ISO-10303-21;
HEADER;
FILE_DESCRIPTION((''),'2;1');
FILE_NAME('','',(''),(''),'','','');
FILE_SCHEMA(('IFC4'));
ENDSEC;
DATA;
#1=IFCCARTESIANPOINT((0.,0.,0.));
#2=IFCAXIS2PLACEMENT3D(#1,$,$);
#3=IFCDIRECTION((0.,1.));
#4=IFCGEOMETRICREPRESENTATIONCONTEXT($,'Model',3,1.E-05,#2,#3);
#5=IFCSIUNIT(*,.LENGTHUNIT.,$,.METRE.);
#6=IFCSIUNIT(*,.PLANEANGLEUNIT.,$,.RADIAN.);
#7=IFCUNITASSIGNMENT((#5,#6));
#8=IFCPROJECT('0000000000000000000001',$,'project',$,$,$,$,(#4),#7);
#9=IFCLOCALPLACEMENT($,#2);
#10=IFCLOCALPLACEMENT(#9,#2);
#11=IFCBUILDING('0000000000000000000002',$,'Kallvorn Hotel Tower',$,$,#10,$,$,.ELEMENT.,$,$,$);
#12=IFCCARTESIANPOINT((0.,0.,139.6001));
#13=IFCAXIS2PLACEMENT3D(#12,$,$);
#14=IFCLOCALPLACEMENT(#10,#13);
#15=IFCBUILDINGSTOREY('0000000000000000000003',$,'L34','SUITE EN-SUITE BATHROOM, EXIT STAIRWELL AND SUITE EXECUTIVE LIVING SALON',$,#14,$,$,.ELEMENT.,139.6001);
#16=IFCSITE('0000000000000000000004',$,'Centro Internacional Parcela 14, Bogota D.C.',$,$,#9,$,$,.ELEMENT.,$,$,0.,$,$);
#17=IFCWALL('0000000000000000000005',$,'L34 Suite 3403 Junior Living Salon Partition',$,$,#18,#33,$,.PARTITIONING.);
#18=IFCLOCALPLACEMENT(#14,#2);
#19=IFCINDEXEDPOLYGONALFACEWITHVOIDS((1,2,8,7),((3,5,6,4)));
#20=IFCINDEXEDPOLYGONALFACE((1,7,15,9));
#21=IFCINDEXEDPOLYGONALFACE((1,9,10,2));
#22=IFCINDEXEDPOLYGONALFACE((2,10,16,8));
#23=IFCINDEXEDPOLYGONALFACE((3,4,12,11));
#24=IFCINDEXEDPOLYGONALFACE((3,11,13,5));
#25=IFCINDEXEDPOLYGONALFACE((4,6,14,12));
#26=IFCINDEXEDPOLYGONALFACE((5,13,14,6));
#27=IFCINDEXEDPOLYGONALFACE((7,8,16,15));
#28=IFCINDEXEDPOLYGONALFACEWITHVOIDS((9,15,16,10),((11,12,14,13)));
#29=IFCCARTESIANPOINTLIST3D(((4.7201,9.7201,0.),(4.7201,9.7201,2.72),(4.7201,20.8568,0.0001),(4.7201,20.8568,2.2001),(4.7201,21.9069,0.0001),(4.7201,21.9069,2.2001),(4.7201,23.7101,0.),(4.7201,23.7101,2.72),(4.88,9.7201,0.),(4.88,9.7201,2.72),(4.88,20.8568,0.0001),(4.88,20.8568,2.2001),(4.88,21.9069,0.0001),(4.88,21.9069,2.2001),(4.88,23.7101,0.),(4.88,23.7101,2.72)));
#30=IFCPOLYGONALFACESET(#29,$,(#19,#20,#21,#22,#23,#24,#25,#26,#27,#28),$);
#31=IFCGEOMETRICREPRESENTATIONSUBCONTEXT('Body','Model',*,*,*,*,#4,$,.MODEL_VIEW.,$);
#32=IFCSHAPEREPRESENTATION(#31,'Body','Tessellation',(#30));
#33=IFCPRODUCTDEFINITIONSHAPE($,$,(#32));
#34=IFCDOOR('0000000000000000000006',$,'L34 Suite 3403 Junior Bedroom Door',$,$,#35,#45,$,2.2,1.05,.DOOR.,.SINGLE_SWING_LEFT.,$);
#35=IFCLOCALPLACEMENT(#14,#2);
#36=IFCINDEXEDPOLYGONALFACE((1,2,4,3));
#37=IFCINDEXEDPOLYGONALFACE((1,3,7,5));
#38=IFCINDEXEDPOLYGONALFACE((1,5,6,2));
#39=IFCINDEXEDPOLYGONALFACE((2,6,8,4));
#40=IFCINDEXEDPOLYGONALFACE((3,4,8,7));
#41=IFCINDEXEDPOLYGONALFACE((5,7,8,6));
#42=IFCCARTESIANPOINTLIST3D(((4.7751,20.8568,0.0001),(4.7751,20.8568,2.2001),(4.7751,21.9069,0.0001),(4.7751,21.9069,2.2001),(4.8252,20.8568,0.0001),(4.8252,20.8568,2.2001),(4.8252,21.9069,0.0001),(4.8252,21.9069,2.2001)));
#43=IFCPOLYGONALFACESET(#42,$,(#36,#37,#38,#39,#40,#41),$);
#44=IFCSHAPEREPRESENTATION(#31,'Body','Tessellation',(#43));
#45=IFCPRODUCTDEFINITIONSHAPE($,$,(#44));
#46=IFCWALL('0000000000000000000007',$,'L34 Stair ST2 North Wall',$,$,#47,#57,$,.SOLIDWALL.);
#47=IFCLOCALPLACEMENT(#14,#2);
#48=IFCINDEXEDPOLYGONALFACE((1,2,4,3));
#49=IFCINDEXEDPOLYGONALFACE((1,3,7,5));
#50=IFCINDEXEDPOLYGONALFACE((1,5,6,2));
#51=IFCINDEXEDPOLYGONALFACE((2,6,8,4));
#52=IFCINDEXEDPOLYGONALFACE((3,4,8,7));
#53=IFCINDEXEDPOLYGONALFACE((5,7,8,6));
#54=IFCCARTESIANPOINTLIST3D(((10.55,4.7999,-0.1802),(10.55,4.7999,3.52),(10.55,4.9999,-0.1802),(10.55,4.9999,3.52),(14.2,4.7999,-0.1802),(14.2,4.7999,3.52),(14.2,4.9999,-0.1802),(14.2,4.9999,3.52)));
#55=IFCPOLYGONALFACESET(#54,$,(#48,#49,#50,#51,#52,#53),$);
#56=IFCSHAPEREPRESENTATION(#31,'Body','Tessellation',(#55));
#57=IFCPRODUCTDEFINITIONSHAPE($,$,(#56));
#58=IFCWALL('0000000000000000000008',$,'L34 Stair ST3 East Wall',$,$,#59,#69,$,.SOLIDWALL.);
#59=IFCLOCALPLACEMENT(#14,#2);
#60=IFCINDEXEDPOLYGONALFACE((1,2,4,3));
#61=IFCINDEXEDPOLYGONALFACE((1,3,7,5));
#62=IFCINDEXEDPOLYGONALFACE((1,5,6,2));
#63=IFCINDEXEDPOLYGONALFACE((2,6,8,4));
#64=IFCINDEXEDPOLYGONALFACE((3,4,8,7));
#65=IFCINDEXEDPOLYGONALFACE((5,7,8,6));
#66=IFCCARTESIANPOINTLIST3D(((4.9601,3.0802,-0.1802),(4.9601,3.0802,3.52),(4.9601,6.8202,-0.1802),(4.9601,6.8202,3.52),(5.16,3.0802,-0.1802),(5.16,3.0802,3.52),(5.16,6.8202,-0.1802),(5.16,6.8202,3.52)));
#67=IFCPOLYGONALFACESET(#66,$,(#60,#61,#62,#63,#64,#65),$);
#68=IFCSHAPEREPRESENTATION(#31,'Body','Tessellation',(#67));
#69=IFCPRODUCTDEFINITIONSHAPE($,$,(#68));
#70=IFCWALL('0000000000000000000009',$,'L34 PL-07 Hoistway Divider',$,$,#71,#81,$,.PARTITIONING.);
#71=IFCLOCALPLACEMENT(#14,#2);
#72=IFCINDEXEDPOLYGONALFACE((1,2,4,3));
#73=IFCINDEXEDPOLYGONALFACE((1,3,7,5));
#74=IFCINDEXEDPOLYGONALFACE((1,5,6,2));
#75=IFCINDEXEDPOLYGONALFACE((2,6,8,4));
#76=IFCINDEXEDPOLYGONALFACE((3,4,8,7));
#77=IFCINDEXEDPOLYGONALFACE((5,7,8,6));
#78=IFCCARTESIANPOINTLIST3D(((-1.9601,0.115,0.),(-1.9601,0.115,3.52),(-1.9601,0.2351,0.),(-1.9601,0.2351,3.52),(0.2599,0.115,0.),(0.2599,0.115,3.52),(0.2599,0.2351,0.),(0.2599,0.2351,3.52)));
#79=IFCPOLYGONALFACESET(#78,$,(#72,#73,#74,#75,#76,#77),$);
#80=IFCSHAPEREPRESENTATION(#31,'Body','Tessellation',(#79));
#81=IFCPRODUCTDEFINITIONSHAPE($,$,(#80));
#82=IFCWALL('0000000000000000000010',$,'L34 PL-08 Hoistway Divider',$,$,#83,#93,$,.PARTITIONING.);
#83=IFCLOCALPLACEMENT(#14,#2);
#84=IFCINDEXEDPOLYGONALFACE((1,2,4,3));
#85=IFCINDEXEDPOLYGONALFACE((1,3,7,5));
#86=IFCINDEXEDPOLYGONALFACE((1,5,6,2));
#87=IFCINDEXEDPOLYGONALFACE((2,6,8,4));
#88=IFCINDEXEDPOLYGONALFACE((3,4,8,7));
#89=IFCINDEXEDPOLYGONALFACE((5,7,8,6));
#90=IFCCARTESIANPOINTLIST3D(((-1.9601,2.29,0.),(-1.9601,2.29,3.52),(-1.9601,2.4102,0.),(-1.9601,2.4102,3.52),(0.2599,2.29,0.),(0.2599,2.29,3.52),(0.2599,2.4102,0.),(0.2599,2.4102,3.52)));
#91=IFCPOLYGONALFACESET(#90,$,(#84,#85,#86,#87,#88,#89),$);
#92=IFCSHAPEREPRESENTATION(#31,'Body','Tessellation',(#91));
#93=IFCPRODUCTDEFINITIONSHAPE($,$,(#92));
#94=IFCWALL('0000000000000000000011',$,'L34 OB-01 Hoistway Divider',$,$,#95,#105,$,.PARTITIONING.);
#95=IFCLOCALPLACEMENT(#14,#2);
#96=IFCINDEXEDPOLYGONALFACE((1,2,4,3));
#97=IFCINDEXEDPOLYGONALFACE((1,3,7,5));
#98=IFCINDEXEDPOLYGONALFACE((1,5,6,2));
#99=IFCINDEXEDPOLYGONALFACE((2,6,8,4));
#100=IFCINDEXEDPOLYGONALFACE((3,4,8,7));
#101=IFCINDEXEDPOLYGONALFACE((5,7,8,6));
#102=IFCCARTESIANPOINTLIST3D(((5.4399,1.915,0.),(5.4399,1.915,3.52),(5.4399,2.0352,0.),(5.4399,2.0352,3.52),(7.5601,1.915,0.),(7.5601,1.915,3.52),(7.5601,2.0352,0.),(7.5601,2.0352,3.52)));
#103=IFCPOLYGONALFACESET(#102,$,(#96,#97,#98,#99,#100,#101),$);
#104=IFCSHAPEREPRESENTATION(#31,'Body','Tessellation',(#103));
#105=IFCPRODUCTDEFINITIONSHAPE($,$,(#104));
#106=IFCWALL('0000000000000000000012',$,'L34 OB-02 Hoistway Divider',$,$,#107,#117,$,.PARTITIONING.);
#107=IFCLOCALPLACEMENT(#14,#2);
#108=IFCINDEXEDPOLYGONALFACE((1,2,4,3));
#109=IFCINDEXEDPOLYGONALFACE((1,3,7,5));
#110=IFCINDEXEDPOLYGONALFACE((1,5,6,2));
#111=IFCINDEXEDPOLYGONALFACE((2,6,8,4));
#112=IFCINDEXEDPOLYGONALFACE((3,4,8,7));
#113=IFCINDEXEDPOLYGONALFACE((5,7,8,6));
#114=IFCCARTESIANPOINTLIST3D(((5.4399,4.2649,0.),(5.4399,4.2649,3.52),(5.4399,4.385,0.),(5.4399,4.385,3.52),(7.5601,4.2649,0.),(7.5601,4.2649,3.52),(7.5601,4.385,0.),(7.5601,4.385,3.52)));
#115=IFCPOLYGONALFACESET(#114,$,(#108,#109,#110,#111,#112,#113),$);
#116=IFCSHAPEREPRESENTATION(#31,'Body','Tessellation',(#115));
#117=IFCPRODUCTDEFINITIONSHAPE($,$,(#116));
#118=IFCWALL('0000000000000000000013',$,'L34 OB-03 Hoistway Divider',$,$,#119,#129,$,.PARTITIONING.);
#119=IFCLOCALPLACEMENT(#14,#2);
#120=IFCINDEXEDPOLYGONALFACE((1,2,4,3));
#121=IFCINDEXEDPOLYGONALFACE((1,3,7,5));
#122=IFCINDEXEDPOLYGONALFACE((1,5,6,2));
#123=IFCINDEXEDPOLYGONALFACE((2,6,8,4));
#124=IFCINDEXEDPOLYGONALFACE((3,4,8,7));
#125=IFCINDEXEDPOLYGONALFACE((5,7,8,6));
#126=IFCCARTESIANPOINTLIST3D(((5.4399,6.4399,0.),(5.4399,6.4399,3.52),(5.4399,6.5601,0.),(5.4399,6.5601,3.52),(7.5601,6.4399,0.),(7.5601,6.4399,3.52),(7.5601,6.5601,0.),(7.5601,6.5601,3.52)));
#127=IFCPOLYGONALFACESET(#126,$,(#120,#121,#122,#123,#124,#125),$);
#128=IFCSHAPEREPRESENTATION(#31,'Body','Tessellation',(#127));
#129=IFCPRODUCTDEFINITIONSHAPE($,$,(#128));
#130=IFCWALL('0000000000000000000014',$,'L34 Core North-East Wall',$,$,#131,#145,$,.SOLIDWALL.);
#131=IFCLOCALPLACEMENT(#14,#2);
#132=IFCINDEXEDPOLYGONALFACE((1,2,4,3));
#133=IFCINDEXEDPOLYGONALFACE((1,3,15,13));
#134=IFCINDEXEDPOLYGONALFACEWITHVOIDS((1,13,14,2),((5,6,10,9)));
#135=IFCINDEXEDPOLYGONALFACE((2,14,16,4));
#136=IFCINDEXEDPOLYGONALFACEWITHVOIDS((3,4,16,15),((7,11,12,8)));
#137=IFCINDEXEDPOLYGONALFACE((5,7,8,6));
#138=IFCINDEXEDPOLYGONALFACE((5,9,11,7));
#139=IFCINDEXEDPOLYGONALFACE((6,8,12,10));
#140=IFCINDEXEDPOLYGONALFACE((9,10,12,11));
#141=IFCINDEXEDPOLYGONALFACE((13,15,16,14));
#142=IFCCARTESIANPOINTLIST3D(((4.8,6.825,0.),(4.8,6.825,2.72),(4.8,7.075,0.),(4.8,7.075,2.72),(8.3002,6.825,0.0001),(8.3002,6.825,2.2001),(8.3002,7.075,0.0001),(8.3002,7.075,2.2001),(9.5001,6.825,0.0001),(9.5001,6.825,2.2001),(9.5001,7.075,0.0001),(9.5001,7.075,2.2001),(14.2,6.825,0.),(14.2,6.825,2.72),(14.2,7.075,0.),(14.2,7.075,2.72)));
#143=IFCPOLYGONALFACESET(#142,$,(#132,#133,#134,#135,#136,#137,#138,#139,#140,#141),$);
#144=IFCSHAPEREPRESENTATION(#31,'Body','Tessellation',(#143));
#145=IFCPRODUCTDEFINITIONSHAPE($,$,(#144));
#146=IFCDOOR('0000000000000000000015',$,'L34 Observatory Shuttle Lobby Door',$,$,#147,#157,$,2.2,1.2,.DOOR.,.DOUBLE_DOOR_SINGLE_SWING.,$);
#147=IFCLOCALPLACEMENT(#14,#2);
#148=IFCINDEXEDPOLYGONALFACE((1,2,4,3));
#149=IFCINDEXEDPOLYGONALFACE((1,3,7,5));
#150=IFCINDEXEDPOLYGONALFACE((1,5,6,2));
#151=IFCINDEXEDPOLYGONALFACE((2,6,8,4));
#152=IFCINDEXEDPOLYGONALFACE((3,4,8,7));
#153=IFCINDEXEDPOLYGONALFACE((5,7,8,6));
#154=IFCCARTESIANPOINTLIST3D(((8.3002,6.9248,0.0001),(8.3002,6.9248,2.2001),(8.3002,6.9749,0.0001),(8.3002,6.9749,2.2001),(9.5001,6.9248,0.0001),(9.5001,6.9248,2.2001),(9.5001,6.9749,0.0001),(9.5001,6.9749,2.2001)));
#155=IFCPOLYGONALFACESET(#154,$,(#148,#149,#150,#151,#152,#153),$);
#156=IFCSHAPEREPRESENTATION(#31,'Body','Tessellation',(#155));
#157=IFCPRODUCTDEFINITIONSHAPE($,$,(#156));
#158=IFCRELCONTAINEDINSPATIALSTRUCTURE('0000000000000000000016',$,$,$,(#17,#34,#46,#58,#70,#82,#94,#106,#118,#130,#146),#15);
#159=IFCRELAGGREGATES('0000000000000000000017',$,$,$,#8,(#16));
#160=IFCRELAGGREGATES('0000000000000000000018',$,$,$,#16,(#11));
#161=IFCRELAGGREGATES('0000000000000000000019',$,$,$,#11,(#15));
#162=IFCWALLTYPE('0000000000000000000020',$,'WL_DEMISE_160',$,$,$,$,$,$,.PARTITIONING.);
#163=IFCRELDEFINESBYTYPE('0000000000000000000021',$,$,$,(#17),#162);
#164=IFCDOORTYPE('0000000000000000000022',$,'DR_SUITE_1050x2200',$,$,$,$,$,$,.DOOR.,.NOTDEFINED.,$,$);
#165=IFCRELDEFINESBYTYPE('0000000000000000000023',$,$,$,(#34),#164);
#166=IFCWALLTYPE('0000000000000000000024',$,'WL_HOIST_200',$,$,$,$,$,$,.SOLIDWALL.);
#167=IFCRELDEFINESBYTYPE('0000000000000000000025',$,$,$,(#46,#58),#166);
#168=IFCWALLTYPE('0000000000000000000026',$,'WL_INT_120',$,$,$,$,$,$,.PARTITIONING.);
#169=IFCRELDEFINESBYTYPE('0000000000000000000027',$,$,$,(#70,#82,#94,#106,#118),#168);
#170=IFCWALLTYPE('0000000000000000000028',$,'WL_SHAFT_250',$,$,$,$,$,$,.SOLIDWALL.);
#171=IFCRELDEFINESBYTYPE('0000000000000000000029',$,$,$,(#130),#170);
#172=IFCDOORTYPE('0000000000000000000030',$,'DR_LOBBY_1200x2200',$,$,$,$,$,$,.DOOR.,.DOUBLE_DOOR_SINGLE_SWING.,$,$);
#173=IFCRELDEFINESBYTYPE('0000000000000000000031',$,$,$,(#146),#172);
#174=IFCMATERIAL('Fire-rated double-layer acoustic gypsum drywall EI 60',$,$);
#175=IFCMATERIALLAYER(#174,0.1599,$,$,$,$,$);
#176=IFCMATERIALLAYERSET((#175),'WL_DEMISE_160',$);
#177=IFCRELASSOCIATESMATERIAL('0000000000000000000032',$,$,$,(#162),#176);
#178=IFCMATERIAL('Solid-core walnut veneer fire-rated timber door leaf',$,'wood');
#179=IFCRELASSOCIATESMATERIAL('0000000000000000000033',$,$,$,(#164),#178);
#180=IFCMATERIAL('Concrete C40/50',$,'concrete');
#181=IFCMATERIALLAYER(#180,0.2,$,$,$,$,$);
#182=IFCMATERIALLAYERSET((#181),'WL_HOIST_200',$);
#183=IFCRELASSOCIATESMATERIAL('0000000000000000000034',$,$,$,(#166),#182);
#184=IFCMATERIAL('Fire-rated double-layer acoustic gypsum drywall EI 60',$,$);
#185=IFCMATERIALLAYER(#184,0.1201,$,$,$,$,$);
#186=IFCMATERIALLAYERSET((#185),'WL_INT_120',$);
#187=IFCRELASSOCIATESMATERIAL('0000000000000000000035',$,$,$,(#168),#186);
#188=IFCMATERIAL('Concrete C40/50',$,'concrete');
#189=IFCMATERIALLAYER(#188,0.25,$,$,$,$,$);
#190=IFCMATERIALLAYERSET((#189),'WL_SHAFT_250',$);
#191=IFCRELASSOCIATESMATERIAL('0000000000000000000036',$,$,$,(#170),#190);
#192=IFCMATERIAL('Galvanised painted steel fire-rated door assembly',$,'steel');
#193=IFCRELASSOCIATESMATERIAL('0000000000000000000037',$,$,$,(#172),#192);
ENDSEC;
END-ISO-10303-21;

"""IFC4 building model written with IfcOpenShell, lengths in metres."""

from ifc_helpers import new_model, si_unit, direction, frame, frame_2d, origin, place, context, subcontext, project, spatial, rectangle, extrude, material, layer, layer_set, type_object, element, fill, save


model = new_model("IFC4")

# Units and contexts
model_context = context("Model", 3, precision=1e-05, world=origin(), true_north=direction((0.0, 1.0)))
body_context = subcontext(model_context, "Body", "Model", "MODEL_VIEW")
ifc_project = project(units=[si_unit("LENGTHUNIT", "METRE"), si_unit("PLANEANGLEUNIT", "RADIAN")], contexts=[model_context])

# Site, building, storey
site_placement = place(None, origin())
site = spatial("IfcSite", under=ifc_project, at=site_placement, Name="Centro Internacional Parcela 14, Bogota D.C.", CompositionType="ELEMENT", RefElevation=0.0)
building_placement = place(site_placement, origin())
building = spatial("IfcBuilding", under=site, at=building_placement, Name="Kallvorn Hotel Tower", CompositionType="ELEMENT")
storey_placement = place(building_placement, frame((0.0, 0.0, 139.6001)))
storey = spatial("IfcBuildingStorey", under=building, at=storey_placement, Name="L34", Description="SUITE EN-SUITE BATHROOM, EXIT STAIRWELL AND SUITE EXECUTIVE LIVING SALON", CompositionType="ELEMENT", Elevation=139.6001)

# Shared definitions
ifc_material_1 = material(Name="Fire-rated double-layer acoustic gypsum drywall EI 60")
ifc_layer_1 = layer(ifc_material_1, 0.1599)
ifc_layer_set_1 = layer_set([ifc_layer_1], Name="WL_DEMISE_160")
wall_type_1 = type_object("IfcWallType", Name="WL_DEMISE_160", PredefinedType="PARTITIONING", material=ifc_layer_set_1)

# Wall, opening, door
wall_1_placement = place(storey_placement, frame((4.8, 9.72, 0.0), z_axis=(0.0, 0.0, 1.0), x_axis=(0.0, 1.0, 0.0)))
wall_1 = element("IfcWall", 1, at=wall_1_placement, inside=storey, type_object=wall_type_1, Name="L34 Suite 3403 Junior Living Salon Partition", PredefinedType="PARTITIONING", context=body_context, shape_type="SweptSolid", body=[
    extrude(rectangle(XDim=13.99, YDim=0.1599, at=frame_2d((6.9951, 0.0))), origin(), (0.0, 0.0, 1.0), 2.72),
])
opening_1_placement = place(wall_1_placement, frame((11.137, 0.0, 0.0)))
opening_1 = element("IfcOpeningElement", 2, at=opening_1_placement, cuts=wall_1, PredefinedType="OPENING", context=body_context, shape_type="SweptSolid", body=[
    extrude(rectangle(XDim=1.05, YDim=2.2, at=frame_2d((0.5249, 1.1001))), frame((0.0, 0.095, 0.0), z_axis=(0.0, -1.0, 0.0), x_axis=(1.0, 0.0, 0.0)), (0.0, 0.0, 1.0), 0.1899),
])
ifc_material_2 = material(Name="Solid-core walnut veneer fire-rated timber door leaf", Category="wood")
door_type_1 = type_object("IfcDoorType", Name="DR_SUITE_1050x2200", OperationType="NOTDEFINED", PredefinedType="DOOR", material=ifc_material_2)
door_1_placement = place(opening_1_placement, origin())
door_1 = element("IfcDoor", 3, at=door_1_placement, inside=storey, type_object=door_type_1, Name="L34 Suite 3403 Junior Bedroom Door", OperationType="SINGLE_SWING_LEFT", OverallHeight=2.2, OverallWidth=1.05, PredefinedType="DOOR", context=body_context, shape_type="SweptSolid", body=[
    extrude(rectangle(XDim=1.05, YDim=2.2, at=frame_2d((0.5249, 1.1001))), frame((0.0, 0.0249, 0.0), z_axis=(0.0, -1.0, 0.0), x_axis=(1.0, 0.0, 0.0)), (0.0, 0.0, 1.0), 0.05),
])
fill(opening_1, door_1)

# Walls
ifc_material_3 = material(Name="Concrete C40/50", Category="concrete")
ifc_layer_2 = layer(ifc_material_3, 0.2)
ifc_layer_set_2 = layer_set([ifc_layer_2], Name="WL_HOIST_200")
wall_type_2 = type_object("IfcWallType", Name="WL_HOIST_200", PredefinedType="SOLIDWALL", material=ifc_layer_set_2)
wall_2_placement = place(storey_placement, frame((10.55, 4.8999, -0.1802), z_axis=(0.0, 0.0, 1.0), x_axis=(1.0, 0.0, 0.0)))
element("IfcWall", 4, at=wall_2_placement, inside=storey, type_object=wall_type_2, Name="L34 Stair ST2 North Wall", PredefinedType="SOLIDWALL", context=body_context, shape_type="SweptSolid", body=[
    extrude(rectangle(XDim=3.6499, YDim=0.2, at=frame_2d((1.825, 0.0))), origin(), (0.0, 0.0, 1.0), 3.7002),
])
wall_3_placement = place(storey_placement, frame((5.0601, 3.0801, -0.1802), z_axis=(0.0, 0.0, 1.0), x_axis=(0.0, 1.0, 0.0)))
element("IfcWall", 5, at=wall_3_placement, inside=storey, type_object=wall_type_2, Name="L34 Stair ST3 East Wall", PredefinedType="SOLIDWALL", context=body_context, shape_type="SweptSolid", body=[
    extrude(rectangle(XDim=3.74, YDim=0.2, at=frame_2d((1.8701, 0.0))), origin(), (0.0, 0.0, 1.0), 3.7002),
])
ifc_material_4 = material(Name="Fire-rated double-layer acoustic gypsum drywall EI 60")
ifc_layer_3 = layer(ifc_material_4, 0.1201)
ifc_layer_set_3 = layer_set([ifc_layer_3], Name="WL_INT_120")
wall_type_3 = type_object("IfcWallType", Name="WL_INT_120", PredefinedType="PARTITIONING", material=ifc_layer_set_3)
for number, where, z_axis, x_axis, name in (
    (6, (-1.96, 0.175, 0.0), (0.0, 0.0, 1.0), (1.0, 0.0, 0.0), "L34 PL-07 Hoistway Divider"),
    (7, (-1.96, 2.3501, 0.0), (0.0, 0.0, 1.0), (1.0, 0.0, 0.0), "L34 PL-08 Hoistway Divider"),
):
    element("IfcWall", number, at=place(storey_placement, frame(where, z_axis=z_axis, x_axis=x_axis)), inside=storey, type_object=wall_type_3, Name=name, PredefinedType="PARTITIONING", context=body_context, shape_type="SweptSolid", body=[
        extrude(rectangle(XDim=2.22, YDim=0.1201, at=frame_2d((1.1099, 0.0))), origin(), (0.0, 0.0, 1.0), 3.52),
    ])
for number, where, z_axis, x_axis, name in (
    (8, (5.4399, 1.9751, 0.0), (0.0, 0.0, 1.0), (1.0, 0.0, 0.0), "L34 OB-01 Hoistway Divider"),
    (9, (5.4399, 4.325, 0.0), (0.0, 0.0, 1.0), (1.0, 0.0, 0.0), "L34 OB-02 Hoistway Divider"),
    (10, (5.4399, 6.5, 0.0), (0.0, 0.0, 1.0), (1.0, 0.0, 0.0), "L34 OB-03 Hoistway Divider"),
):
    element("IfcWall", number, at=place(storey_placement, frame(where, z_axis=z_axis, x_axis=x_axis)), inside=storey, type_object=wall_type_3, Name=name, PredefinedType="PARTITIONING", context=body_context, shape_type="SweptSolid", body=[
        extrude(rectangle(XDim=2.1201, YDim=0.1201, at=frame_2d((1.0601, 0.0))), origin(), (0.0, 0.0, 1.0), 3.52),
    ])

# Wall, opening, door
ifc_material_5 = material(Name="Concrete C40/50", Category="concrete")
ifc_layer_4 = layer(ifc_material_5, 0.25)
ifc_layer_set_4 = layer_set([ifc_layer_4], Name="WL_SHAFT_250")
wall_type_4 = type_object("IfcWallType", Name="WL_SHAFT_250", PredefinedType="SOLIDWALL", material=ifc_layer_set_4)
wall_4_placement = place(storey_placement, frame((4.8, 6.95, 0.0), z_axis=(0.0, 0.0, 1.0), x_axis=(1.0, 0.0, 0.0)))
wall_4 = element("IfcWall", 11, at=wall_4_placement, inside=storey, type_object=wall_type_4, Name="L34 Core North-East Wall", PredefinedType="SOLIDWALL", context=body_context, shape_type="SweptSolid", body=[
    extrude(rectangle(XDim=9.3999, YDim=0.25, at=frame_2d((4.7, 0.0))), origin(), (0.0, 0.0, 1.0), 2.72),
])
opening_2_placement = place(wall_4_placement, frame((3.5, 0.0, 0.0)))
opening_2 = element("IfcOpeningElement", 12, at=opening_2_placement, cuts=wall_4, PredefinedType="OPENING", context=body_context, shape_type="SweptSolid", body=[
    extrude(rectangle(XDim=1.2, YDim=2.2, at=frame_2d((0.6001, 1.1001))), frame((0.0, 0.1399, 0.0), z_axis=(0.0, -1.0, 0.0), x_axis=(1.0, 0.0, 0.0)), (0.0, 0.0, 1.0), 0.28),
])
ifc_material_6 = material(Name="Galvanised painted steel fire-rated door assembly", Category="steel")
door_type_2 = type_object("IfcDoorType", Name="DR_LOBBY_1200x2200", OperationType="DOUBLE_DOOR_SINGLE_SWING", PredefinedType="DOOR", material=ifc_material_6)
door_2_placement = place(opening_2_placement, origin())
door_2 = element("IfcDoor", 13, at=door_2_placement, inside=storey, type_object=door_type_2, Name="L34 Observatory Shuttle Lobby Door", OperationType="DOUBLE_DOOR_SINGLE_SWING", OverallHeight=2.2, OverallWidth=1.2, PredefinedType="DOOR", context=body_context, shape_type="SweptSolid", body=[
    extrude(rectangle(XDim=1.2, YDim=2.2, at=frame_2d((0.6001, 1.1001))), frame((0.0, 0.0249, 0.0), z_axis=(0.0, -1.0, 0.0), x_axis=(1.0, 0.0, 0.0)), (0.0, 0.0, 1.0), 0.05),
])
fill(opening_2, door_2)

save(model, "model.ifc")
